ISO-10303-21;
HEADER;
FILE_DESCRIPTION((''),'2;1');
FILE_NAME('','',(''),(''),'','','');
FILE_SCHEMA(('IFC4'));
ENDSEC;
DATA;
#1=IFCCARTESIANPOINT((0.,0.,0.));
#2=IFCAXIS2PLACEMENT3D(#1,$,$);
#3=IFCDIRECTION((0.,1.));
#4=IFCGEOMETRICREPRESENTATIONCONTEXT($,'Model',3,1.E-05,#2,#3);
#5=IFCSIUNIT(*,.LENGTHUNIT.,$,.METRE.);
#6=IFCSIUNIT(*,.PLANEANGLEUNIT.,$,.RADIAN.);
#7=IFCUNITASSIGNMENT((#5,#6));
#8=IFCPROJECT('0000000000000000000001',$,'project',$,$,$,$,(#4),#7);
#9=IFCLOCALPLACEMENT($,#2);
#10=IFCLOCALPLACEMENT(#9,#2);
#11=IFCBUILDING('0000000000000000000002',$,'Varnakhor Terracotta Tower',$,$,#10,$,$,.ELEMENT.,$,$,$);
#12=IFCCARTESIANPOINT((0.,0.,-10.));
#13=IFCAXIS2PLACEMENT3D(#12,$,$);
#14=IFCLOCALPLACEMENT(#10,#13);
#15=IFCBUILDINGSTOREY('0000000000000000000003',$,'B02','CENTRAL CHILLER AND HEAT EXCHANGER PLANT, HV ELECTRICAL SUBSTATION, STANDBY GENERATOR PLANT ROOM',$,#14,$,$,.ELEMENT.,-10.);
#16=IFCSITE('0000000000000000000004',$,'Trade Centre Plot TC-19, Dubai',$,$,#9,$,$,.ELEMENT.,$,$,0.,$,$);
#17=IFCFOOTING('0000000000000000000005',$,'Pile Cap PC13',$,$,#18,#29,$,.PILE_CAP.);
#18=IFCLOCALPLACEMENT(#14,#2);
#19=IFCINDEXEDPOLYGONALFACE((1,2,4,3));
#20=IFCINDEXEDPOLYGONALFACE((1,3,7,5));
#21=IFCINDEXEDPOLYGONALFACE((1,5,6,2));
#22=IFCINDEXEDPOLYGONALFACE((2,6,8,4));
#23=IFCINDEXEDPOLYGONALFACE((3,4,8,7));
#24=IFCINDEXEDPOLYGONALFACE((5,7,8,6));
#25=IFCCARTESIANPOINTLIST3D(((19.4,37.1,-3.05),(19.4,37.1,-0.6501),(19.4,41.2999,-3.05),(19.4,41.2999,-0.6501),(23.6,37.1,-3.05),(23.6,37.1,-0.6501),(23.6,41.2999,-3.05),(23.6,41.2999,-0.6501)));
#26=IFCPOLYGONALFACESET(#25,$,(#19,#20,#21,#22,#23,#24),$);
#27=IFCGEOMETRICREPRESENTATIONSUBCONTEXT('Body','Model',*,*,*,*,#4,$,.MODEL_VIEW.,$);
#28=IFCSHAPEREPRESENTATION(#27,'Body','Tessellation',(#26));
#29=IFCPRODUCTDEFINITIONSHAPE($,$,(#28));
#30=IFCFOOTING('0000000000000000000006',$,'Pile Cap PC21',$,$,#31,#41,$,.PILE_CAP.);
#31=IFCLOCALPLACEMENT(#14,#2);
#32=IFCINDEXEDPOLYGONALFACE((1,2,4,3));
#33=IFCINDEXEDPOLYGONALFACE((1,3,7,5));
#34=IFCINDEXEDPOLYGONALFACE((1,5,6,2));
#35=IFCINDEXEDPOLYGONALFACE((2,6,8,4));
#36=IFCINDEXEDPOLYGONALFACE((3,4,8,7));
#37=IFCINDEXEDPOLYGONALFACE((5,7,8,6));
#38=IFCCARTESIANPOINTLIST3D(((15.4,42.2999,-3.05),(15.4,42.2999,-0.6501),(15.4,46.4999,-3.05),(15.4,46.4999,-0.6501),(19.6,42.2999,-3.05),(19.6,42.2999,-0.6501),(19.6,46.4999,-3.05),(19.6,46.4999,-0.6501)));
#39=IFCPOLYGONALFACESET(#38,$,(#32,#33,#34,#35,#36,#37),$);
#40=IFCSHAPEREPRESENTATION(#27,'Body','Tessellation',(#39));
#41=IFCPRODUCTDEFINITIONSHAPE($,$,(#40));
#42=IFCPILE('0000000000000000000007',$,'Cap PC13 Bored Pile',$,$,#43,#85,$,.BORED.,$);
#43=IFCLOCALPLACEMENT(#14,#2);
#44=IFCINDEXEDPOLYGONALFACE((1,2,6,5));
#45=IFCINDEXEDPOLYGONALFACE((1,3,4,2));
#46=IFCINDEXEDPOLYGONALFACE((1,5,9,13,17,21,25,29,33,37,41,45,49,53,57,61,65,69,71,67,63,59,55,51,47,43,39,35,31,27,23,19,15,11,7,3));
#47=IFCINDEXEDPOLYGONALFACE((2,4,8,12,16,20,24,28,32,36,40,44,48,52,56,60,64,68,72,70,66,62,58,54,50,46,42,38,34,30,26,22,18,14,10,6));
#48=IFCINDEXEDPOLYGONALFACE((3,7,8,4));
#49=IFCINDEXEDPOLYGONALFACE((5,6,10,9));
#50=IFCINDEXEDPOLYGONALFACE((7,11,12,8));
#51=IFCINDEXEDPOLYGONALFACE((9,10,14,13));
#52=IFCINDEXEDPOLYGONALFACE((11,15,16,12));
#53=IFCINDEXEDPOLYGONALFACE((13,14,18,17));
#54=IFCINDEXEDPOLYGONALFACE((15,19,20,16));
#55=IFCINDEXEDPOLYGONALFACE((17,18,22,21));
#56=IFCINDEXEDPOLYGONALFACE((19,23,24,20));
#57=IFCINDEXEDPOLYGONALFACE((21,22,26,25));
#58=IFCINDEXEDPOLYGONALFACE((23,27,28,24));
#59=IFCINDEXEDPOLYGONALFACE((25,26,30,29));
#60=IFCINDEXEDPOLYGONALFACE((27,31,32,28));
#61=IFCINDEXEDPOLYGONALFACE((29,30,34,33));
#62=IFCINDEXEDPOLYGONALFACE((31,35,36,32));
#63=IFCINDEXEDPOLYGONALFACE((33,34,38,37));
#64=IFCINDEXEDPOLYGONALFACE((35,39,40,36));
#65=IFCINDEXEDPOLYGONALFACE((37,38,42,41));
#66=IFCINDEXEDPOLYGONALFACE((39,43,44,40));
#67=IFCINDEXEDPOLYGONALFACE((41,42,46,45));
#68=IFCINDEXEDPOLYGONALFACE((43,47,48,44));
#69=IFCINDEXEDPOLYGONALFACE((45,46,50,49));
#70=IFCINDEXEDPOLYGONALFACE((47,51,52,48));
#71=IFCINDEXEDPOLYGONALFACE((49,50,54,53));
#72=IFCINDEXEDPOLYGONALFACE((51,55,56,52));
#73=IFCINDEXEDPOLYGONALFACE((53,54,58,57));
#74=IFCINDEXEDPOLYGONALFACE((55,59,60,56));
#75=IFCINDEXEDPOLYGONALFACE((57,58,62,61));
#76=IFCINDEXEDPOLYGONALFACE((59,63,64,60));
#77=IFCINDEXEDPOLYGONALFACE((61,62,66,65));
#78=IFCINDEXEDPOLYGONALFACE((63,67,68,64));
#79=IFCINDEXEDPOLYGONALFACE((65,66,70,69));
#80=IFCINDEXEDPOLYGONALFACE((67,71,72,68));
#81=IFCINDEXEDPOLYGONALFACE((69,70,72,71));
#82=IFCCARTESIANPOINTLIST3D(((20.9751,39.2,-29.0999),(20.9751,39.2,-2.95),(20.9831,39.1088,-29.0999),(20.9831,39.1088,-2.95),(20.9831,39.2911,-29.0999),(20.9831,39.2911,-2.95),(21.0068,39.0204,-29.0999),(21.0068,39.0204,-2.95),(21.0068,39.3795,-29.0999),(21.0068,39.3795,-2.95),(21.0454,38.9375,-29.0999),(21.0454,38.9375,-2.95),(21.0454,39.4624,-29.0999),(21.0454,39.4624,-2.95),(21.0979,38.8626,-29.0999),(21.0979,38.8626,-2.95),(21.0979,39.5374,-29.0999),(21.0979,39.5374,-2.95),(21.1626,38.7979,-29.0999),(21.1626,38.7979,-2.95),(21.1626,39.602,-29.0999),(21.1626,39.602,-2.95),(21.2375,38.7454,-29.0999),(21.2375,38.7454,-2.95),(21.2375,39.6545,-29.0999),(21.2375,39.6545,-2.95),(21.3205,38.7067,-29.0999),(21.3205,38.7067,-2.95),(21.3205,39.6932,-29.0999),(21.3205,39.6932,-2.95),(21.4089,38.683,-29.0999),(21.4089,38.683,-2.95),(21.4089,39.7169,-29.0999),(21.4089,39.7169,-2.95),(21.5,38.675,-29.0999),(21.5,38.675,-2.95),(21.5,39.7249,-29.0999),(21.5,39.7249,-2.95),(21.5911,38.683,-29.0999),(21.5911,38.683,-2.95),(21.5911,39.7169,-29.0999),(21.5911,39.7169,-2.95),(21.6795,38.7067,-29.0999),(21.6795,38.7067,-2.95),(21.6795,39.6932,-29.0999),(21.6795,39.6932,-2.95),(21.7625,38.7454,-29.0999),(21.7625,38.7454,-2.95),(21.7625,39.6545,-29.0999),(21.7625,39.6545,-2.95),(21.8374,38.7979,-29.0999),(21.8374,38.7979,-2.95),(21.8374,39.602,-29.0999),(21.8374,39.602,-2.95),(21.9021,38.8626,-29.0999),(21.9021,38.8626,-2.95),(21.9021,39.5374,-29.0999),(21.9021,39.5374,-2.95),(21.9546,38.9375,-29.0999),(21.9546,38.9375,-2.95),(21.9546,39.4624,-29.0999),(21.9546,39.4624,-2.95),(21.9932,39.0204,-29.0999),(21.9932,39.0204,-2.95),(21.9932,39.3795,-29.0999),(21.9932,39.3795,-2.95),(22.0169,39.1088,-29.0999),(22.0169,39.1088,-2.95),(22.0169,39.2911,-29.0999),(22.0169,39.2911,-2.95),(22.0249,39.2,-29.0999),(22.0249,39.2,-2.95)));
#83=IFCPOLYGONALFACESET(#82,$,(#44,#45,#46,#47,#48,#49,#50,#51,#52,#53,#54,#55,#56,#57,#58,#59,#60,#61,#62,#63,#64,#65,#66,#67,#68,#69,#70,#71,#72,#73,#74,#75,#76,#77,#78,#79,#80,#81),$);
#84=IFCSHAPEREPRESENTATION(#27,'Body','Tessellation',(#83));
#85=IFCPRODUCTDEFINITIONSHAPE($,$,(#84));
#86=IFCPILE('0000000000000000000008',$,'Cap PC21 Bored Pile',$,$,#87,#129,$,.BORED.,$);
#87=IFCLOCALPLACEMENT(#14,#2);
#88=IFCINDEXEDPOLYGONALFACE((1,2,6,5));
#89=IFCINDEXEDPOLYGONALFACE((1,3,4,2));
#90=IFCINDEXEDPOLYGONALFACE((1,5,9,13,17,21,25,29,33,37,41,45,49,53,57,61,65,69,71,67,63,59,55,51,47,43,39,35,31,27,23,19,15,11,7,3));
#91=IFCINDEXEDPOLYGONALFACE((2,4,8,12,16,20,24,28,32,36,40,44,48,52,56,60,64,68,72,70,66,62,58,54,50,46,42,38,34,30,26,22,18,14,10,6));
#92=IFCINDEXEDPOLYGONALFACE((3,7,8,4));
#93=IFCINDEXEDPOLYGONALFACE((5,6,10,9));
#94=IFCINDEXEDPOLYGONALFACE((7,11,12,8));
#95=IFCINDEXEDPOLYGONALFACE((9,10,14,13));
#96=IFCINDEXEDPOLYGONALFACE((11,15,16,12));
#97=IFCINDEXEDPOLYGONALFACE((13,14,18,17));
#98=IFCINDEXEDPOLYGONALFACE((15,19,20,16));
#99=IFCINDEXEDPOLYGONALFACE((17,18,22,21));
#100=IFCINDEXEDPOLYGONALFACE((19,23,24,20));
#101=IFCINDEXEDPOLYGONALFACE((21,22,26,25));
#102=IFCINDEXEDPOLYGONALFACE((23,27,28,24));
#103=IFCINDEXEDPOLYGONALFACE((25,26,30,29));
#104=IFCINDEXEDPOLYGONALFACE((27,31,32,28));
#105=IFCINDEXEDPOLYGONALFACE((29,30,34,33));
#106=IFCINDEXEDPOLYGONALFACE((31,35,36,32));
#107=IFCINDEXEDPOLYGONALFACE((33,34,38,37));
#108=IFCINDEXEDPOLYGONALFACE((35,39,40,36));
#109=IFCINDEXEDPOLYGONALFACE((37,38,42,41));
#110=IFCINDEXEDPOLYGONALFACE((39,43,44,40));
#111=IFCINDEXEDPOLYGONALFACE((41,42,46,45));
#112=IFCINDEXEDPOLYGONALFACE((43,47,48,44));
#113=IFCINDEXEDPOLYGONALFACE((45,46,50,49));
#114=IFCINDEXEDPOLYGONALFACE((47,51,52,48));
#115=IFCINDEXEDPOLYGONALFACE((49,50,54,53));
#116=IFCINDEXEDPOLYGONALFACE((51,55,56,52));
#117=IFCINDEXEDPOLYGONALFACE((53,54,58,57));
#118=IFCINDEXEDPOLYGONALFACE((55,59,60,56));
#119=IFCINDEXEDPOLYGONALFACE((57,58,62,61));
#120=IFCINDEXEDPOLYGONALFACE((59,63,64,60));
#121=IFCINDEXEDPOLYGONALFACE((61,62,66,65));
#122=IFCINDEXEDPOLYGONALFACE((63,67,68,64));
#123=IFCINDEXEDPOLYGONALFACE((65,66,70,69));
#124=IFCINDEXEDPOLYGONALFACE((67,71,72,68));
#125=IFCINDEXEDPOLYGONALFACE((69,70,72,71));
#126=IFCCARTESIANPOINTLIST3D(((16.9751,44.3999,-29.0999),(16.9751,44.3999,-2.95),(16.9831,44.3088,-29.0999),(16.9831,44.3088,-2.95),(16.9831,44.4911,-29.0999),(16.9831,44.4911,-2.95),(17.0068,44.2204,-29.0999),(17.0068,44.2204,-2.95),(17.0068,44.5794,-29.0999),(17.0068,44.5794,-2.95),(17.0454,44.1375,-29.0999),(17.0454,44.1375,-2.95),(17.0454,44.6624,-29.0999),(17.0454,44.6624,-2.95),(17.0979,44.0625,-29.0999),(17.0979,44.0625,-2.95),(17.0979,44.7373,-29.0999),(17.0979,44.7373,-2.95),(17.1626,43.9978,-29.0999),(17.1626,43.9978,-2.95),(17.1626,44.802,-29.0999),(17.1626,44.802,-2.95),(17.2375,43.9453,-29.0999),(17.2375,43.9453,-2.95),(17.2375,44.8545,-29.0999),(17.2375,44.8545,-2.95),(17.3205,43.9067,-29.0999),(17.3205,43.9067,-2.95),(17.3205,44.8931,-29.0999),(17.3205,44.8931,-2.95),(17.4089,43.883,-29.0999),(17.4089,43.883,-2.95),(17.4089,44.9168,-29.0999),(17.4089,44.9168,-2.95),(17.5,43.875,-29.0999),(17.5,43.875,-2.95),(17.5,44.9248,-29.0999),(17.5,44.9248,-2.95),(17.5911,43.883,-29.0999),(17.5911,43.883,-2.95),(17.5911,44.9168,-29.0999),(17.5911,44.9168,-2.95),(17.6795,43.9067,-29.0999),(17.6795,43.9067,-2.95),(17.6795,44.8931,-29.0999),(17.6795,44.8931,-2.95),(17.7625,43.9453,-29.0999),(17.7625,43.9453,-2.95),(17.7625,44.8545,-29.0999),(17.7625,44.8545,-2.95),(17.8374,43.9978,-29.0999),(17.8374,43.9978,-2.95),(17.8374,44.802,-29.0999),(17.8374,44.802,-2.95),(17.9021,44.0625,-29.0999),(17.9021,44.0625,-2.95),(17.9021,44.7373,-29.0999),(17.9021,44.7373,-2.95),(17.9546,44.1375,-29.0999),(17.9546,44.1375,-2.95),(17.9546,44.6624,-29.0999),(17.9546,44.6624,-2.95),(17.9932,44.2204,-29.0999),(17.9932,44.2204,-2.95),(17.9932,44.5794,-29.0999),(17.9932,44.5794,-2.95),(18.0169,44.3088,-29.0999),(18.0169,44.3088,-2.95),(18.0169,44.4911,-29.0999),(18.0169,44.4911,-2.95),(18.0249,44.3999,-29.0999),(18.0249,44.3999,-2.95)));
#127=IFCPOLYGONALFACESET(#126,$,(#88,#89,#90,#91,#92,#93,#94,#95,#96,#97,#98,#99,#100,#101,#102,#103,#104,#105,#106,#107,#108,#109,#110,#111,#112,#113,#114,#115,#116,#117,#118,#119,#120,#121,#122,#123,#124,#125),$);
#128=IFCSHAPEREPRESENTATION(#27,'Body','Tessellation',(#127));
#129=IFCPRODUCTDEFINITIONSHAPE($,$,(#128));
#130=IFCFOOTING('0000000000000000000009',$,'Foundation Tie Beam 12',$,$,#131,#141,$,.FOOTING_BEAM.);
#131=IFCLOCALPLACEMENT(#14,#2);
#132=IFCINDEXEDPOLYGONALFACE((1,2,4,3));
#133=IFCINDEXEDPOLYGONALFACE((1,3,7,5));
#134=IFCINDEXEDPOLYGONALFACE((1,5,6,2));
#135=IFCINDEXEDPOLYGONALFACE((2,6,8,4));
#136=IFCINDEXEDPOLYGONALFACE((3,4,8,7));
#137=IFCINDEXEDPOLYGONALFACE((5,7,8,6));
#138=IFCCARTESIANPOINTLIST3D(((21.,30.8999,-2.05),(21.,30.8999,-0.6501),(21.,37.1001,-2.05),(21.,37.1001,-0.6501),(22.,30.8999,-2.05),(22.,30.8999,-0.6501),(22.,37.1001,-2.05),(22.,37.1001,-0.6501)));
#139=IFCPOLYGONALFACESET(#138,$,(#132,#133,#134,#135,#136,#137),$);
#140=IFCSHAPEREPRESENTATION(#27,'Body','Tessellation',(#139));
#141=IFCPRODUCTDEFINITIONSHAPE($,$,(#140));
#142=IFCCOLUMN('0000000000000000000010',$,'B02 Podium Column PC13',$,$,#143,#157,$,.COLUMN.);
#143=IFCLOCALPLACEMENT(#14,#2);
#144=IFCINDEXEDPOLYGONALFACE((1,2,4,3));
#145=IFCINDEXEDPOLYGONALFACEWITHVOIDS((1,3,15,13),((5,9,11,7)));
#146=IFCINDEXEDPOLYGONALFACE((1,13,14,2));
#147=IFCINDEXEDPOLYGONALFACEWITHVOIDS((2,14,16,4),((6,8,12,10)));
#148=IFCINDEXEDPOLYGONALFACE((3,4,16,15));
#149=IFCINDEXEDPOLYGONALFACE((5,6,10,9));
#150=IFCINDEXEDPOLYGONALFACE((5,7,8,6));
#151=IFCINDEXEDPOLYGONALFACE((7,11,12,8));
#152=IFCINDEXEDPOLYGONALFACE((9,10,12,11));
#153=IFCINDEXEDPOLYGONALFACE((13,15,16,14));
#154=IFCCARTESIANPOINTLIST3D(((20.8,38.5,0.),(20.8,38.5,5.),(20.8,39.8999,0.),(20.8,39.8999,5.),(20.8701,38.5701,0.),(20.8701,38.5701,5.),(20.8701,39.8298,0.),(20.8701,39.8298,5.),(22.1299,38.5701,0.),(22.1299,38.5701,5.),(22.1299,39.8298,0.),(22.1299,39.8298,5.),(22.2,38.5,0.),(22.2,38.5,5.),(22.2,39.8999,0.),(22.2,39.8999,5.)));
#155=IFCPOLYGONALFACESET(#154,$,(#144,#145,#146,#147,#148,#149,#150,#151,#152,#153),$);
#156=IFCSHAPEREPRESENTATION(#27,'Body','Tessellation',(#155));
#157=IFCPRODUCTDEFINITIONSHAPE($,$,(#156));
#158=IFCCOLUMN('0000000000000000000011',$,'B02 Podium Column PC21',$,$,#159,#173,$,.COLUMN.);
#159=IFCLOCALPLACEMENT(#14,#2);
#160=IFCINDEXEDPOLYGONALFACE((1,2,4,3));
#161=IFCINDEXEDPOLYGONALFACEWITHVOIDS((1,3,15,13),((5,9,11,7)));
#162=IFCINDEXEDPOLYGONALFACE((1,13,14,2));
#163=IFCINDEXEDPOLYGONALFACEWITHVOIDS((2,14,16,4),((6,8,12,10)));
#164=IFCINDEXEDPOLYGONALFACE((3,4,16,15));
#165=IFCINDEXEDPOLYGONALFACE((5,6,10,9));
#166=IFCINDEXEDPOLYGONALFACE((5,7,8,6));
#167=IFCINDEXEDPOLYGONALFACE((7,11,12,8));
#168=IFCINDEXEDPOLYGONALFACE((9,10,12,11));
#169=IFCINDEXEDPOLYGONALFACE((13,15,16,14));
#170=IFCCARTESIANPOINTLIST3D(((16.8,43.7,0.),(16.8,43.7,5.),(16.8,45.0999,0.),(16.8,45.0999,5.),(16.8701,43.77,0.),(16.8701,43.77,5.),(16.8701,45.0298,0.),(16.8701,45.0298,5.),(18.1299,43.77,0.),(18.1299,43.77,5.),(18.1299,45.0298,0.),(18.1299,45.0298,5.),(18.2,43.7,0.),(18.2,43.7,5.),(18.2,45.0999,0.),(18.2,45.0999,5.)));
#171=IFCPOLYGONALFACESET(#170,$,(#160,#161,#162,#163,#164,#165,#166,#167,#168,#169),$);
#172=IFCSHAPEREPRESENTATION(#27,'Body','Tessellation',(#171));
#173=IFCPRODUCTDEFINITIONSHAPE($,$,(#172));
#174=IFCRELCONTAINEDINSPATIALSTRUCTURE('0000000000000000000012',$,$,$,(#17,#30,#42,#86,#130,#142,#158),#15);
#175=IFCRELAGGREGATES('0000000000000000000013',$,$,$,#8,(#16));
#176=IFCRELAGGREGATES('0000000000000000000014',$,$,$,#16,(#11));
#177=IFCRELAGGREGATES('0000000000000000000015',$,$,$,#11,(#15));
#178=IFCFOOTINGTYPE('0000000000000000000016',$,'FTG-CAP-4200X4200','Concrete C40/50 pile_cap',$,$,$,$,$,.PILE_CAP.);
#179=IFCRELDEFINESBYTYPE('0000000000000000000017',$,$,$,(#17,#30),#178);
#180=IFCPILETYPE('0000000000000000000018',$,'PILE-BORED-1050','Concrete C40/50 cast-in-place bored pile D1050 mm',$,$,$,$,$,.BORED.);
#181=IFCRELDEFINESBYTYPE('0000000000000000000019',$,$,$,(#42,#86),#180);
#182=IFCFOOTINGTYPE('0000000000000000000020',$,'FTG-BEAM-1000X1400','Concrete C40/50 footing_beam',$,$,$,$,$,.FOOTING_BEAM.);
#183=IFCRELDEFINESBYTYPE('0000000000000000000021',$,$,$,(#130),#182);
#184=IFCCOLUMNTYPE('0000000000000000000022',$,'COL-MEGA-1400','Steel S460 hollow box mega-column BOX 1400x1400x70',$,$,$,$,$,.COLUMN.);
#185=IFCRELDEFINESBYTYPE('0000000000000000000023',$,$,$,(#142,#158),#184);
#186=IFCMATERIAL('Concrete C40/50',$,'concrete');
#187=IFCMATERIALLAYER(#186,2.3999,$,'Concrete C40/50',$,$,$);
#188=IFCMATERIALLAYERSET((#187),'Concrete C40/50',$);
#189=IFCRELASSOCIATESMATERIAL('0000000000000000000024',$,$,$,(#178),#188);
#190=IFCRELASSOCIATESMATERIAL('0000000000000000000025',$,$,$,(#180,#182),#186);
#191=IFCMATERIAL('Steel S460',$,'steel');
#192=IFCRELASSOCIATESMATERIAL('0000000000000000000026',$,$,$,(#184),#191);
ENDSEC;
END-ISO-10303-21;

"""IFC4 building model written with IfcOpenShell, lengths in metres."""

from ifc_helpers import new_model, si_unit, direction, frame, origin, origin_2d, place, context, subcontext, project, spatial, rectangle, hollow_rectangle, circle, extrude, source, transform, mapped, material, layer, layer_set, material_profile, profile_set, type_object, type_shapes, element, save


model = new_model("IFC4")

# Units and contexts
model_context = context("Model", 3, precision=1e-05, world=origin(), true_north=direction((0.0, 1.0)))
body_context = subcontext(model_context, "Body", "Model", "MODEL_VIEW")
ifc_project = project(units=[si_unit("LENGTHUNIT", "METRE"), si_unit("PLANEANGLEUNIT", "RADIAN")], contexts=[model_context])

# Site, building, storey
site_placement = place(None, origin())
site = spatial("IfcSite", under=ifc_project, at=site_placement, Name="Trade Centre Plot TC-19, Dubai", CompositionType="ELEMENT", RefElevation=0.0)
building_placement = place(site_placement, origin())
building = spatial("IfcBuilding", under=site, at=building_placement, Name="Varnakhor Terracotta Tower", CompositionType="ELEMENT")
storey_placement = place(building_placement, frame((0.0, 0.0, -10.0)))
storey = spatial("IfcBuildingStorey", under=building, at=storey_placement, Name="B02", Description="CENTRAL CHILLER AND HEAT EXCHANGER PLANT, HV ELECTRICAL SUBSTATION, STANDBY GENERATOR PLANT ROOM", CompositionType="ELEMENT", Elevation=-10.0)

# Footings
ifc_material_1 = material(Name="Concrete C40/50", Category="concrete")
ifc_layer_1 = layer(ifc_material_1, 2.3999, Name="Concrete C40/50")
ifc_layer_set_1 = layer_set([ifc_layer_1], Name="Concrete C40/50")
footing_type_1 = type_object("IfcFootingType", Name="FTG-CAP-4200X4200", Description="Concrete C40/50 pile_cap", PredefinedType="PILE_CAP", material=ifc_layer_set_1)
shared_shape_1 = source(origin(), body_context, "Body", "SweptSolid", [
    extrude(rectangle(XDim=4.2, YDim=4.2, at=origin_2d()), origin(), (0.0, 0.0, 1.0), 2.3999),
])
type_shapes(footing_type_1, [shared_shape_1])
for number, where, z_axis, x_axis, name in (
    (1, (21.5, 39.2, -3.05), (0.0, 0.0, 1.0), (1.0, 0.0, 0.0), "Pile Cap PC13"),
    (2, (17.5, 44.3999, -3.05), (0.0, 0.0, 1.0), (1.0, 0.0, 0.0), "Pile Cap PC21"),
):
    element("IfcFooting", number, at=place(storey_placement, frame(where, z_axis=z_axis, x_axis=x_axis)), inside=storey, type_object=footing_type_1, Name=name, PredefinedType="PILE_CAP", context=body_context, shape_type="MappedRepresentation", body=[
        mapped(shared_shape_1, transform((0.0, 0.0, 0.0), scale=1.0)),
    ])

# Piles
ifc_material_profile_1 = material_profile(ifc_material_1, circle(Radius=0.5249, at=origin_2d()), Name="BORED PILE D1050")
ifc_profile_set_1 = profile_set([ifc_material_profile_1], Name="Concrete C40/50")
pile_type = type_object("IfcPileType", Name="PILE-BORED-1050", Description="Concrete C40/50 cast-in-place bored pile D1050 mm", PredefinedType="BORED", material=ifc_profile_set_1)
shared_shape_2 = source(origin(), body_context, "Body", "SweptSolid", [
    extrude(circle(Radius=0.5249, at=origin_2d()), origin(), (0.0, 0.0, 1.0), 26.1499),
])
type_shapes(pile_type, [shared_shape_2])
for number, where, z_axis, x_axis, name in (
    (3, (21.5, 39.2, -2.95), (0.0, 0.0, -1.0), (1.0, 0.0, 0.0), "Cap PC13 Bored Pile"),
    (4, (17.5, 44.3999, -2.95), (0.0, 0.0, -1.0), (1.0, 0.0, 0.0), "Cap PC21 Bored Pile"),
):
    element("IfcPile", number, at=place(storey_placement, frame(where, z_axis=z_axis, x_axis=x_axis)), inside=storey, type_object=pile_type, Name=name, PredefinedType="BORED", context=body_context, shape_type="MappedRepresentation", body=[
        mapped(shared_shape_2, transform((0.0, 0.0, 0.0), scale=1.0)),
    ])

# Footing
ifc_material_profile_2 = material_profile(ifc_material_1, rectangle(XDim=1.0, YDim=1.3999, at=origin_2d()), Name="TIE BEAM 1000x1400")
ifc_profile_set_2 = profile_set([ifc_material_profile_2], Name="Concrete C40/50")
footing_type_2 = type_object("IfcFootingType", Name="FTG-BEAM-1000X1400", Description="Concrete C40/50 footing_beam", PredefinedType="FOOTING_BEAM", material=ifc_profile_set_2)
shared_shape_3 = source(origin(), body_context, "Body", "SweptSolid", [
    extrude(rectangle(XDim=1.0, YDim=1.3999, at=origin_2d()), origin(), (0.0, 0.0, 1.0), 6.2002),
])
footing_placement = place(storey_placement, frame((21.5, 30.8999, -1.3501), z_axis=(0.0, 1.0, 0.0), x_axis=(-1.0, 0.0, 0.0)))
element("IfcFooting", 5, at=footing_placement, inside=storey, type_object=footing_type_2, Name="Foundation Tie Beam 12", PredefinedType="FOOTING_BEAM", context=body_context, shape_type="MappedRepresentation", body=[
    mapped(shared_shape_3, transform((0.0, 0.0, 0.0), scale=1.0)),
])

# Columns
ifc_material_2 = material(Name="Steel S460", Category="steel")
ifc_material_profile_3 = material_profile(ifc_material_2, hollow_rectangle(XDim=1.3999, YDim=1.3999, WallThickness=0.0701, at=origin_2d()), Name="BOX 1400x1400x70")
ifc_profile_set_3 = profile_set([ifc_material_profile_3], Name="Steel S460")
column_type = type_object("IfcColumnType", Name="COL-MEGA-1400", Description="Steel S460 hollow box mega-column BOX 1400x1400x70", PredefinedType="COLUMN", material=ifc_profile_set_3)
shared_shape_4 = source(origin(), body_context, "Body", "SweptSolid", [
    extrude(hollow_rectangle(XDim=1.3999, YDim=1.3999, WallThickness=0.0701, at=origin_2d()), origin(), (0.0, 0.0, 1.0), 5.0),
])
type_shapes(column_type, [shared_shape_4])
for number, where, z_axis, x_axis, name in (
    (6, (21.5, 39.2, 0.0), (0.0, 0.0, 1.0), (1.0, 0.0, 0.0), "B02 Podium Column PC13"),
    (7, (17.5, 44.3999, 0.0), (0.0, 0.0, 1.0), (1.0, 0.0, 0.0), "B02 Podium Column PC21"),
):
    element("IfcColumn", number, at=place(storey_placement, frame(where, z_axis=z_axis, x_axis=x_axis)), inside=storey, type_object=column_type, Name=name, PredefinedType="COLUMN", context=body_context, shape_type="MappedRepresentation", body=[
        mapped(shared_shape_4, transform((0.0, 0.0, 0.0), scale=1.0)),
    ])

save(model, "model.ifc")
